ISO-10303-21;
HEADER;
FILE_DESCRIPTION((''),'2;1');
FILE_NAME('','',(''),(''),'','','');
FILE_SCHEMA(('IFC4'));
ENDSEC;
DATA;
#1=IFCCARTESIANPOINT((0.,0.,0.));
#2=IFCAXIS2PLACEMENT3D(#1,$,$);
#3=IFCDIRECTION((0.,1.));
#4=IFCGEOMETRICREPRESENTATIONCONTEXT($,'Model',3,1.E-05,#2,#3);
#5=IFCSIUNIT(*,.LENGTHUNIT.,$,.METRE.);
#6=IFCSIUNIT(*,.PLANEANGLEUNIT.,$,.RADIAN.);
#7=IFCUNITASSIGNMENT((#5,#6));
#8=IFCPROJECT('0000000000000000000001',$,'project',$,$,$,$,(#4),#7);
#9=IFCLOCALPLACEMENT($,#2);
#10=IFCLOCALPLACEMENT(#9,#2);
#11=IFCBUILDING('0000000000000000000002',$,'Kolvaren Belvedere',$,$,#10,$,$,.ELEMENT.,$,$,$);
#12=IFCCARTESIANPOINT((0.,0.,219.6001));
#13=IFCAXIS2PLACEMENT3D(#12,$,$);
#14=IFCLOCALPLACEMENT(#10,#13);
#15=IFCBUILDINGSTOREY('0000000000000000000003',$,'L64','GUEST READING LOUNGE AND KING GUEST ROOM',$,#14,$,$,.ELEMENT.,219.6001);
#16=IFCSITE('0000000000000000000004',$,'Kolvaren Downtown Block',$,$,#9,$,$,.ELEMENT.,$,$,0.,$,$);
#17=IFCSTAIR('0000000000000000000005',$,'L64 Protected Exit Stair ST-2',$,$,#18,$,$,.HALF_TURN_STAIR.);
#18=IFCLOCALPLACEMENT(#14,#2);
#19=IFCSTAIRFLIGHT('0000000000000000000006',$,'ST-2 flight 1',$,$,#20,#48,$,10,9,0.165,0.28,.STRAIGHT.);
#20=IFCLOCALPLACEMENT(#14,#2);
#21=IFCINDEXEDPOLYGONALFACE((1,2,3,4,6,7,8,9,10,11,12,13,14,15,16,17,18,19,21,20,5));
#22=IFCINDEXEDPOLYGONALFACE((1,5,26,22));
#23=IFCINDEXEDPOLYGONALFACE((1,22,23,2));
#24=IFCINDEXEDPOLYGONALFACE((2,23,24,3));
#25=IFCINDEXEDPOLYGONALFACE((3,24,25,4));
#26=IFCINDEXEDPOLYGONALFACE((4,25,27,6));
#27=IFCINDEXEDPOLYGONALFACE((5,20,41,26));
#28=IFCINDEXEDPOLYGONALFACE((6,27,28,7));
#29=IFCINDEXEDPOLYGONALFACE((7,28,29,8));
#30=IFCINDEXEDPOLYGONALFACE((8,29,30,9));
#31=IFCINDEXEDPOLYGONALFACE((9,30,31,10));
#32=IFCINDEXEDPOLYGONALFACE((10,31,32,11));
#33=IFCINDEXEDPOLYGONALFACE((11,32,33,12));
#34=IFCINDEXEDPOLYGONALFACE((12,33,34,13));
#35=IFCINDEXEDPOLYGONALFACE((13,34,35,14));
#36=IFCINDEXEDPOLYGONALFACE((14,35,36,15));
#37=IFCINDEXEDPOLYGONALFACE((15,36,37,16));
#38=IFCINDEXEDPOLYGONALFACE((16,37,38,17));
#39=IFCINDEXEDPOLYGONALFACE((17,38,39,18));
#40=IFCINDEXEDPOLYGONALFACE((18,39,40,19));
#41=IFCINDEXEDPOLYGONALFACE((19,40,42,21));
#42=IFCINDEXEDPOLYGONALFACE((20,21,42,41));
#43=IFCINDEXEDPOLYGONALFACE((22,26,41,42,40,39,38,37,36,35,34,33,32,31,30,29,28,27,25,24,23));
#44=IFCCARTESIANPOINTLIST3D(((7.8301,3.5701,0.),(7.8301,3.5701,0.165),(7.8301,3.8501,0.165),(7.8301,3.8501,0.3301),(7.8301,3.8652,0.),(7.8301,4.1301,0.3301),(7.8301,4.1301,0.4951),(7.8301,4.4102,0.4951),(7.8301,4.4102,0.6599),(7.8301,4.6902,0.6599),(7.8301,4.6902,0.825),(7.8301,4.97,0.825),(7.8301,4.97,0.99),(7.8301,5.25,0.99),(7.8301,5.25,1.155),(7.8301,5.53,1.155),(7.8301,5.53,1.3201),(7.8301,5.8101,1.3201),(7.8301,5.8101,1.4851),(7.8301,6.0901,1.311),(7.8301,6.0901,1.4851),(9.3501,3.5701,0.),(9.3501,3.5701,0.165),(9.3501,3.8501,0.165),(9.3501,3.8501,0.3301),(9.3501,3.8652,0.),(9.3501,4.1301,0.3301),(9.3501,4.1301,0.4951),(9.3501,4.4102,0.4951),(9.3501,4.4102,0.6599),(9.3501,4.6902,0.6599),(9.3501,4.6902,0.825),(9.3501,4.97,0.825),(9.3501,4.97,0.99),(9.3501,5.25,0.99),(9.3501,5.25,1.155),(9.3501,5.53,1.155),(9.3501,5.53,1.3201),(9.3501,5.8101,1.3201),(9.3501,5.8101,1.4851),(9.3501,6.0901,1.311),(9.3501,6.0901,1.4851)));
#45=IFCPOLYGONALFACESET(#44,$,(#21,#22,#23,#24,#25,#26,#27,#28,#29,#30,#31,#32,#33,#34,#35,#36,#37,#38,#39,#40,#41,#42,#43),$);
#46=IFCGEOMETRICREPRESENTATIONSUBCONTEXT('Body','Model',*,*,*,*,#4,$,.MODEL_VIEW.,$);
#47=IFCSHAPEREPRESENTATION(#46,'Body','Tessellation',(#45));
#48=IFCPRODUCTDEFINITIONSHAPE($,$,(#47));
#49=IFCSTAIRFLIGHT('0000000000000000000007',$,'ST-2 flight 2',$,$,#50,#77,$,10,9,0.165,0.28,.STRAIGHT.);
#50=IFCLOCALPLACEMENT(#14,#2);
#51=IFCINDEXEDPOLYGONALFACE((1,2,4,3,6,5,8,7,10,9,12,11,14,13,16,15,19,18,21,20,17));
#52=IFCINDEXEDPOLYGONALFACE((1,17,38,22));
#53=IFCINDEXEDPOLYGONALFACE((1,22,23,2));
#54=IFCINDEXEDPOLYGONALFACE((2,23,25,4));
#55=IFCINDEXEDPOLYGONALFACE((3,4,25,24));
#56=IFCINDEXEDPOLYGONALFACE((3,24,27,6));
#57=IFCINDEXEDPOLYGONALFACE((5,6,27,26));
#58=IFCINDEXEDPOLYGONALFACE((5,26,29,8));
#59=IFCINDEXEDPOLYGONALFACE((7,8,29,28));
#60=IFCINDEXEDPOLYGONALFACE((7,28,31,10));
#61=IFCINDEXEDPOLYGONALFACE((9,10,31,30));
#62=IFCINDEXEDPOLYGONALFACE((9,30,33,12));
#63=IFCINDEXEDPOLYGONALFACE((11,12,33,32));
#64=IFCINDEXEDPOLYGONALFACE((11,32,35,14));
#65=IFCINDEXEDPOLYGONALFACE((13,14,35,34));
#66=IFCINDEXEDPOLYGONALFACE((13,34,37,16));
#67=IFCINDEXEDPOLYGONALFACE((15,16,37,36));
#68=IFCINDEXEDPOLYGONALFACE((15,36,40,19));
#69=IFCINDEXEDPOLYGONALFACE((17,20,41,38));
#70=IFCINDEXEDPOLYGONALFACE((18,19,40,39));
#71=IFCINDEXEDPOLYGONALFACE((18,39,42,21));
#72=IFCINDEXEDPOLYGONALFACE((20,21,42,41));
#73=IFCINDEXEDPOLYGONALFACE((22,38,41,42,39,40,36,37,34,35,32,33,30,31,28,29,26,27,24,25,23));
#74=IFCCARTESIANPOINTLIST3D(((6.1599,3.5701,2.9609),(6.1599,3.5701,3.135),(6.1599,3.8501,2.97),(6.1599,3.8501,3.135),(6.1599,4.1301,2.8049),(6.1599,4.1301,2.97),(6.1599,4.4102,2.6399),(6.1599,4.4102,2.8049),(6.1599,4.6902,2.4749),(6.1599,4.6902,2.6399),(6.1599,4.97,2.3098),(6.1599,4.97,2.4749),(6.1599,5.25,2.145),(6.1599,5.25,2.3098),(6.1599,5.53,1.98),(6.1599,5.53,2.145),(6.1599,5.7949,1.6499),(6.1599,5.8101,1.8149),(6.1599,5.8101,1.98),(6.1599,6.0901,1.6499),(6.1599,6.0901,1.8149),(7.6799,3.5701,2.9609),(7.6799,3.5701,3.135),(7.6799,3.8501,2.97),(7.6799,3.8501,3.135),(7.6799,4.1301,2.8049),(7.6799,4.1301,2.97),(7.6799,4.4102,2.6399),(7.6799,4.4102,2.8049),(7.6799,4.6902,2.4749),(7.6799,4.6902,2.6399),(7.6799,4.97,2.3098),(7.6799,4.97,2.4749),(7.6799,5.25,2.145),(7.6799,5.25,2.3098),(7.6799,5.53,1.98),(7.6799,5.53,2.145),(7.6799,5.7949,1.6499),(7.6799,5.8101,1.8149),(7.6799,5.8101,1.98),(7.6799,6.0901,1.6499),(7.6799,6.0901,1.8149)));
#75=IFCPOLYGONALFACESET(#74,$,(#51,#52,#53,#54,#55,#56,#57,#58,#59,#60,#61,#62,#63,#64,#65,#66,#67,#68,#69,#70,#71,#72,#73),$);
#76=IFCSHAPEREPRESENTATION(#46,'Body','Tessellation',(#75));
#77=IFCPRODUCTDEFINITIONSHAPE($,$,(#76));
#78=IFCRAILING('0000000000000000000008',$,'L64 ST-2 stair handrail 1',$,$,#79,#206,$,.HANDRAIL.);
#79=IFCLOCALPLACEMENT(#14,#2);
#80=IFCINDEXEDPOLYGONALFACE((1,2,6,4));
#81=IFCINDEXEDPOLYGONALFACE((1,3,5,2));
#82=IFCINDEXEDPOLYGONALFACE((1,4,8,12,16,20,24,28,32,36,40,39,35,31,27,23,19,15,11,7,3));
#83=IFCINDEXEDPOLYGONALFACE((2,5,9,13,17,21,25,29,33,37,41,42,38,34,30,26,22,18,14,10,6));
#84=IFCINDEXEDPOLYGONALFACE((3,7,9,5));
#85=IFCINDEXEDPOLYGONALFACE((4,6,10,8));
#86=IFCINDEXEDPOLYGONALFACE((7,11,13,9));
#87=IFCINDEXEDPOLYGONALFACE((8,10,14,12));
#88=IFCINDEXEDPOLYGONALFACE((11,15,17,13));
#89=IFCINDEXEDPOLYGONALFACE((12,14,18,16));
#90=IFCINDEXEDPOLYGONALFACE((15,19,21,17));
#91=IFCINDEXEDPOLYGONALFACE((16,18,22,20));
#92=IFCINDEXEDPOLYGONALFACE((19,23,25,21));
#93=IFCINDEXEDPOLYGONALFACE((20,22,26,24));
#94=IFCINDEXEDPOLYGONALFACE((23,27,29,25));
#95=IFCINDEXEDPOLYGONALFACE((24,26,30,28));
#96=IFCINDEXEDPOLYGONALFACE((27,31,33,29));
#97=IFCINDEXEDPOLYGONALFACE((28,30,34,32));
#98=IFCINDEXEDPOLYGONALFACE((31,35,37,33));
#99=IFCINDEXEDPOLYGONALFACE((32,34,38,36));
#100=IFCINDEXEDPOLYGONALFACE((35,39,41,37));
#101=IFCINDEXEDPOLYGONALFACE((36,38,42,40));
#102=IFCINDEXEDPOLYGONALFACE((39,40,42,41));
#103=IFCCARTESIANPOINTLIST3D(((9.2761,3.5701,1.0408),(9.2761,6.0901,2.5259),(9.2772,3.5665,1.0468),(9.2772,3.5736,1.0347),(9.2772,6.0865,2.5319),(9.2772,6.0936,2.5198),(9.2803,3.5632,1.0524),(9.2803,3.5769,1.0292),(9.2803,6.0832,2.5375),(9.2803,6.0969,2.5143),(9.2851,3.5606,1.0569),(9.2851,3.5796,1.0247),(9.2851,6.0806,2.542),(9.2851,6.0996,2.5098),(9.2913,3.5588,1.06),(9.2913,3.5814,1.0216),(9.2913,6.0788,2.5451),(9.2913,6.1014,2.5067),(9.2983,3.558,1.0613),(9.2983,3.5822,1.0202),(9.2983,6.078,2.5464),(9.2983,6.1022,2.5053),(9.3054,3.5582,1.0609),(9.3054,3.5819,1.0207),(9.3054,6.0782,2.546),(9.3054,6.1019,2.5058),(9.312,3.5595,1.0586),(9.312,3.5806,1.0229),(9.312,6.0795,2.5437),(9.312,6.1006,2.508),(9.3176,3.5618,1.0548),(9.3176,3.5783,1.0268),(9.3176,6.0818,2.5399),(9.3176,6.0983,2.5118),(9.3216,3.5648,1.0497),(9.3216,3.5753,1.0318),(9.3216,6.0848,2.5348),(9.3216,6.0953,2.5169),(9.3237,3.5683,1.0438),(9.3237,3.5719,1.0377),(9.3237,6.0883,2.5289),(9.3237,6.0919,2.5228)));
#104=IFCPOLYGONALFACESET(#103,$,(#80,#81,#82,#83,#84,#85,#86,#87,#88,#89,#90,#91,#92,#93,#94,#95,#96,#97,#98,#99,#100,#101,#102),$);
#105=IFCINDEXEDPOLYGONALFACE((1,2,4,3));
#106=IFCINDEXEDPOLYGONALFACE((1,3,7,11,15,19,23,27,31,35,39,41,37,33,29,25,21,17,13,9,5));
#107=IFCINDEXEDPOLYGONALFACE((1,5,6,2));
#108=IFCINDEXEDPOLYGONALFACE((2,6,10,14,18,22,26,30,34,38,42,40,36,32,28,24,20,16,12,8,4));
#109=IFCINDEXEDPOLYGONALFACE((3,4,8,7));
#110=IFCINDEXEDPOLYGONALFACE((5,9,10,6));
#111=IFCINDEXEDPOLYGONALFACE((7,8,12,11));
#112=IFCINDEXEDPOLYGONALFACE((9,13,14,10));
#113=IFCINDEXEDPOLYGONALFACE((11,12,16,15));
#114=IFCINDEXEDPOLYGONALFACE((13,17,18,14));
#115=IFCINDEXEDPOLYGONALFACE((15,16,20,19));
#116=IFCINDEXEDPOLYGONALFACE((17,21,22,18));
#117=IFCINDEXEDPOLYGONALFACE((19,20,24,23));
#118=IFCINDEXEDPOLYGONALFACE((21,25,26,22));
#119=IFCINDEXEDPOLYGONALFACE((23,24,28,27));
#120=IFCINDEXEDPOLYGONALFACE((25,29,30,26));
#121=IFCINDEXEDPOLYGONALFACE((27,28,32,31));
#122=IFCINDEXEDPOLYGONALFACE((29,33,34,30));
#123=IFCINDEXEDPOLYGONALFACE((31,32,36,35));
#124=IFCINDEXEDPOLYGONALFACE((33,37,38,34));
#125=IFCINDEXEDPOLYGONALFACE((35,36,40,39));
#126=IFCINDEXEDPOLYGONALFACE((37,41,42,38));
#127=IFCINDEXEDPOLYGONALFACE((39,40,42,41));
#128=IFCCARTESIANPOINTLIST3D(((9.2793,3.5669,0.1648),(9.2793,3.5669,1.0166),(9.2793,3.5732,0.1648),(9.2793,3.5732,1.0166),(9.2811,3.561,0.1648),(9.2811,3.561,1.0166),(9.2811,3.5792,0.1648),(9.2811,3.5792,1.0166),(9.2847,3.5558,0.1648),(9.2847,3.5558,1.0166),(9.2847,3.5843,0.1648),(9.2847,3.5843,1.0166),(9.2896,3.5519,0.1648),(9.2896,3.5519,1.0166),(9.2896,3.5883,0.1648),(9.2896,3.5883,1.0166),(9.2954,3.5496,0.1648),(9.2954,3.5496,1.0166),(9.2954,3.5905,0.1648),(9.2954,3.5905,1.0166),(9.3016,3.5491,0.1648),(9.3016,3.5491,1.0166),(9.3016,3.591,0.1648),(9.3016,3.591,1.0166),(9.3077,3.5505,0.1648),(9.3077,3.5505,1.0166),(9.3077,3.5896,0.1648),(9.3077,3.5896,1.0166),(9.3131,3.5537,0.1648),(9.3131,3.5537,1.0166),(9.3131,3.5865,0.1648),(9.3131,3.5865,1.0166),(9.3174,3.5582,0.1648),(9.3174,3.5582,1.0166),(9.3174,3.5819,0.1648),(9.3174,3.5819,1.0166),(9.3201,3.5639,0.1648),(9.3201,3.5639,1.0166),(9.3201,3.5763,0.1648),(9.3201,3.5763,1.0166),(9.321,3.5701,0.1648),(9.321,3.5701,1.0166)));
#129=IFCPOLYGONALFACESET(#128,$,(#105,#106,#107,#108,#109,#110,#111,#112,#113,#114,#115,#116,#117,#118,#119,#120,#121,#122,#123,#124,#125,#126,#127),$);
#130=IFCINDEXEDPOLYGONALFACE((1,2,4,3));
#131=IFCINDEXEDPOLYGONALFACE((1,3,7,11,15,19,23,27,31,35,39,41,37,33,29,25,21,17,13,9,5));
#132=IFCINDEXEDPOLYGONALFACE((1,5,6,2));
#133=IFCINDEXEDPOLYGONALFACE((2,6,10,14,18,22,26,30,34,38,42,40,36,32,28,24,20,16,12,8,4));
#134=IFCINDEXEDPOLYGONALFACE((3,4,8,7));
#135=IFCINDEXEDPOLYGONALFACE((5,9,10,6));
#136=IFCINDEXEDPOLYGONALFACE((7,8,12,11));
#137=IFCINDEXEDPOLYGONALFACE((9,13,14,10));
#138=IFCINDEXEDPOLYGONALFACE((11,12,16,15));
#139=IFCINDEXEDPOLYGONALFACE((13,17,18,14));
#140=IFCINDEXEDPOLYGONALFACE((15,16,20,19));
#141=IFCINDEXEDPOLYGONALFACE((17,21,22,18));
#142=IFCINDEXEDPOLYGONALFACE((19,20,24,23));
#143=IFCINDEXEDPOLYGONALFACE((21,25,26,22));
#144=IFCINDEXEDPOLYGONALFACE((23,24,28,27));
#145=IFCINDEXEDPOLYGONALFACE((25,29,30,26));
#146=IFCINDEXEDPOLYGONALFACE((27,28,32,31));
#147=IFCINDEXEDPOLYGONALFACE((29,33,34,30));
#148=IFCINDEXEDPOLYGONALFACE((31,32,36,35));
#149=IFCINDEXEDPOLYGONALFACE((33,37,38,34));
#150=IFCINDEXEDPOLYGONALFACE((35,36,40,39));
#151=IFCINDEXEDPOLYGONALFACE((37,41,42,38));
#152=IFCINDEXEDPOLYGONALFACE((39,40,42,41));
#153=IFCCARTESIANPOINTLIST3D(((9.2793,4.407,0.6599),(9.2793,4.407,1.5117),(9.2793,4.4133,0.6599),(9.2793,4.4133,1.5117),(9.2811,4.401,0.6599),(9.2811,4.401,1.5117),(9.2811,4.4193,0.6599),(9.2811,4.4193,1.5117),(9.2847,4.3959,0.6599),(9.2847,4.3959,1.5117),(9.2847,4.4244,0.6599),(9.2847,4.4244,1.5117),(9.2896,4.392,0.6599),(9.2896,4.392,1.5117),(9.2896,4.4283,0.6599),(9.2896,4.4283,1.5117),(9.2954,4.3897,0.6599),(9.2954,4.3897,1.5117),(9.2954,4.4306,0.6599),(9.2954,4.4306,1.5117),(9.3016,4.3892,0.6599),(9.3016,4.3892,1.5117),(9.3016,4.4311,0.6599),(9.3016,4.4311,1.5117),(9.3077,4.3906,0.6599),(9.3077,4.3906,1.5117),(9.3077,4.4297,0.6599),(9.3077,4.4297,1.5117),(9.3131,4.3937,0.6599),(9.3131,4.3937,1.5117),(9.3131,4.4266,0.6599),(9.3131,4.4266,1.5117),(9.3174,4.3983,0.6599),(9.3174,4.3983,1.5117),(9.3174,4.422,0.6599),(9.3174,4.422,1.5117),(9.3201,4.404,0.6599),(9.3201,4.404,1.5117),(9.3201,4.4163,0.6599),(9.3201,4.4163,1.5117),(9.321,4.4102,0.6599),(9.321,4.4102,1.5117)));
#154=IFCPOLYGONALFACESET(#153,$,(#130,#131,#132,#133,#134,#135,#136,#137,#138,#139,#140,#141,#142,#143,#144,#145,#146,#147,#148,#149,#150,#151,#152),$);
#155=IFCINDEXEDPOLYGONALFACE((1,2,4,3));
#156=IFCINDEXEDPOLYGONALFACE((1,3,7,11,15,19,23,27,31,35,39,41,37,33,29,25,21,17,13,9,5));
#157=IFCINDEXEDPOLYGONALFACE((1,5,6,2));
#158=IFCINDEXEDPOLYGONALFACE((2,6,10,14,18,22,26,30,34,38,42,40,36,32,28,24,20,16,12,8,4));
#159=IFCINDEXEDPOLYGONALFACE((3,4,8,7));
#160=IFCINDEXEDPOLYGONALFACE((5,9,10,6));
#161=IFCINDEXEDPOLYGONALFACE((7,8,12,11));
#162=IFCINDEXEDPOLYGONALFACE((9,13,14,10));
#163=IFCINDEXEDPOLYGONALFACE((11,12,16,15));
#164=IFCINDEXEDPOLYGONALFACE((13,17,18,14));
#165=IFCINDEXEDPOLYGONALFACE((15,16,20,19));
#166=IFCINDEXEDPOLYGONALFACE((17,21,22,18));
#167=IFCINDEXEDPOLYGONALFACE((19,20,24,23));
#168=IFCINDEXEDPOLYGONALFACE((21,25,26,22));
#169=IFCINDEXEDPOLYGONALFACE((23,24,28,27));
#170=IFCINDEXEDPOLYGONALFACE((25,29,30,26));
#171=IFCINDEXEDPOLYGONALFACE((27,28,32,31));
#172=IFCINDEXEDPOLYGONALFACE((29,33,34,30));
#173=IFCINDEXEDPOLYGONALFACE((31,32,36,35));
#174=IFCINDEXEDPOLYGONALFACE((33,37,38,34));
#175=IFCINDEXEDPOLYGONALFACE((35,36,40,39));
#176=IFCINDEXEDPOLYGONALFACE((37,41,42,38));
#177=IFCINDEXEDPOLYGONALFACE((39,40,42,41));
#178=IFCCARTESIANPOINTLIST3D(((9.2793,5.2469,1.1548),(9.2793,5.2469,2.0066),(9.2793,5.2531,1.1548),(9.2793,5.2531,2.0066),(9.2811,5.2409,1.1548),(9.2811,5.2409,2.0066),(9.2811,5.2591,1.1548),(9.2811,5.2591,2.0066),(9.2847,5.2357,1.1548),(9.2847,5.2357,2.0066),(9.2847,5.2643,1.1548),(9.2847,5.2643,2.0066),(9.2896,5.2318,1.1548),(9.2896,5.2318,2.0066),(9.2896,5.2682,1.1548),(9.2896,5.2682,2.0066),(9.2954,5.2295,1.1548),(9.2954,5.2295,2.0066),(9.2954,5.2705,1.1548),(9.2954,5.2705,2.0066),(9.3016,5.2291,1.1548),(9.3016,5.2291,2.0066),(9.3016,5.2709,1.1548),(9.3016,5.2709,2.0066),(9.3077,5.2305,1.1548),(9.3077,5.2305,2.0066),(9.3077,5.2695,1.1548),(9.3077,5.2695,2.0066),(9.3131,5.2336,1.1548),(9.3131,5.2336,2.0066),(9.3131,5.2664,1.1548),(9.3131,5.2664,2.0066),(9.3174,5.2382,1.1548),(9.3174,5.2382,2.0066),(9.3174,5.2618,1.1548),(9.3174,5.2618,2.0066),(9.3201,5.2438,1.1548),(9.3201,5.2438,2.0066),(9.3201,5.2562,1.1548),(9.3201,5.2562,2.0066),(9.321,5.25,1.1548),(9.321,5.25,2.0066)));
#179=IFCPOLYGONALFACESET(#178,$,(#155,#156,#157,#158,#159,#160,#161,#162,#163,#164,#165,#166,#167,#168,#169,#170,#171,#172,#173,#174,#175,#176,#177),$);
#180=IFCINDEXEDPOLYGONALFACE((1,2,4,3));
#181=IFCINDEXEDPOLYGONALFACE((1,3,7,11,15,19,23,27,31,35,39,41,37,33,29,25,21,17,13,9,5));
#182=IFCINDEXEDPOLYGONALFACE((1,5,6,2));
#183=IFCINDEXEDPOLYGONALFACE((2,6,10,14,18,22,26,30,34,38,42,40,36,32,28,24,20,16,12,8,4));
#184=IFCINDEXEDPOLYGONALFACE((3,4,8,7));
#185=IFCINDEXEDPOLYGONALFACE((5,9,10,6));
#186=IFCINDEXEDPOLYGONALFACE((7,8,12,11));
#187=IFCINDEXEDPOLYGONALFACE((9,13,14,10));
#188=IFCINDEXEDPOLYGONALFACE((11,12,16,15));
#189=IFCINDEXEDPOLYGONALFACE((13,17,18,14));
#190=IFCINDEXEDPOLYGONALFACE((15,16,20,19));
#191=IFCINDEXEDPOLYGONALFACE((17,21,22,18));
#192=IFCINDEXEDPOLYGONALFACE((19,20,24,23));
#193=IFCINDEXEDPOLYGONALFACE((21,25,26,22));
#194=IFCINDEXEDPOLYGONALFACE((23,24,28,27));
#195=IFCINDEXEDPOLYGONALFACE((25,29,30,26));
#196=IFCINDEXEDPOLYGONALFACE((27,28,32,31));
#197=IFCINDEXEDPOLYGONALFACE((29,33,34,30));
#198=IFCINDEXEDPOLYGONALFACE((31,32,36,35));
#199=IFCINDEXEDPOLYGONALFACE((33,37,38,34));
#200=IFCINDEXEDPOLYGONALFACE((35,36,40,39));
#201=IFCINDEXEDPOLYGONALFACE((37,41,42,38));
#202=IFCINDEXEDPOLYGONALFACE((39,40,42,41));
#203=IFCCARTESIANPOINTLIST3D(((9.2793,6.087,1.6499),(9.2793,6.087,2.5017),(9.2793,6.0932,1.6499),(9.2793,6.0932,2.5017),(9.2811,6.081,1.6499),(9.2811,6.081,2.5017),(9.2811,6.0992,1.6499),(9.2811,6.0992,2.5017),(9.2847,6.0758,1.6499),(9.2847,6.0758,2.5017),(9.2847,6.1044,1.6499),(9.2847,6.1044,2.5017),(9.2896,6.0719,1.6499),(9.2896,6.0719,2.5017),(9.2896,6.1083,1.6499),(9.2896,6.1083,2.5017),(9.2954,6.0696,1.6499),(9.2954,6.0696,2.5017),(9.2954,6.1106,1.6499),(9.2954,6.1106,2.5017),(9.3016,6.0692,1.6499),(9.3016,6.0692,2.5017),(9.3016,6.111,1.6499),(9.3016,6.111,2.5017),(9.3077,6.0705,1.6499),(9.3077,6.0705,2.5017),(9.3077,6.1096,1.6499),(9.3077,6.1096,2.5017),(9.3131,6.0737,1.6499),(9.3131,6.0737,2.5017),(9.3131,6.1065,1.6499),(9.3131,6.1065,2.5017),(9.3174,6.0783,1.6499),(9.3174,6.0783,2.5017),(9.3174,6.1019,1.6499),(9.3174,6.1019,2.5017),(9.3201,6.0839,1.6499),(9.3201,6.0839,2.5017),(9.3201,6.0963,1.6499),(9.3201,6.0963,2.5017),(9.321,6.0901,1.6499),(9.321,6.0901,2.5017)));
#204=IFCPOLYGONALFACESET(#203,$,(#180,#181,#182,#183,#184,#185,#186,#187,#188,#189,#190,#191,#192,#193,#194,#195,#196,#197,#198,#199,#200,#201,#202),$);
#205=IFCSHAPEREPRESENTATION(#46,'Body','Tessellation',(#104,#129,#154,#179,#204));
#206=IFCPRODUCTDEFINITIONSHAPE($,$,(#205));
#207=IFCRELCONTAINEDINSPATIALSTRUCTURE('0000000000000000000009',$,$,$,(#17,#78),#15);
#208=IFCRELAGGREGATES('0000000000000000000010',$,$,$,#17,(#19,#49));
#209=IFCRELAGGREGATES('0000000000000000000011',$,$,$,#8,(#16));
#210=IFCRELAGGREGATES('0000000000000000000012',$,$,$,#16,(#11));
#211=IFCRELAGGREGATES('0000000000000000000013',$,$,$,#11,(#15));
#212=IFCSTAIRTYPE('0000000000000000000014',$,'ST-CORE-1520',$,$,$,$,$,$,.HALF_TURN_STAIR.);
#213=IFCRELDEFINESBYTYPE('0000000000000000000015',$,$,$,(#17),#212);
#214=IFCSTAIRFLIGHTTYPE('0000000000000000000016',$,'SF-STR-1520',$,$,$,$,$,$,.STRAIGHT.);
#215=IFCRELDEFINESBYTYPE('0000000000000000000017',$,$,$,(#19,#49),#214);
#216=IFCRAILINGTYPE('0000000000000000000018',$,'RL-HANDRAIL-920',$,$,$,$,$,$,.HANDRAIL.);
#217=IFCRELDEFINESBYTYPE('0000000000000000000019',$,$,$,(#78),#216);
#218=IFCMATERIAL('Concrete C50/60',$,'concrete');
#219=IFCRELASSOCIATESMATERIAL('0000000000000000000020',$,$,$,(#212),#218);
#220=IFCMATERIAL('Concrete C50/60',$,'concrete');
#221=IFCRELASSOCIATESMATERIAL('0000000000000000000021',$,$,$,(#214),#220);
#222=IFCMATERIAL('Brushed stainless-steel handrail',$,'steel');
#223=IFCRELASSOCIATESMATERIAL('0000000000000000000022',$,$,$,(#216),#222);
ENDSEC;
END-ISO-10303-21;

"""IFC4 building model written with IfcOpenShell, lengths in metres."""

from ifc_helpers import new_model, si_unit, direction, frame, origin, origin_2d, place, context, subcontext, project, spatial, polyline, circle, outline, extrude, material, type_object, element, aggregate, save


model = new_model("IFC4")

# Units and contexts
model_context = context("Model", 3, precision=1e-05, world=origin(), true_north=direction((0.0, 1.0)))
body_context = subcontext(model_context, "Body", "Model", "MODEL_VIEW")
ifc_project = project(units=[si_unit("LENGTHUNIT", "METRE"), si_unit("PLANEANGLEUNIT", "RADIAN")], contexts=[model_context])

# Site, building, storey
site_placement = place(None, origin())
site = spatial("IfcSite", under=ifc_project, at=site_placement, Name="Kolvaren Downtown Block", CompositionType="ELEMENT", RefElevation=0.0)
building_placement = place(site_placement, origin())
building = spatial("IfcBuilding", under=site, at=building_placement, Name="Kolvaren Belvedere", CompositionType="ELEMENT")
storey_placement = place(building_placement, frame((0.0, 0.0, 219.6001)))
storey = spatial("IfcBuildingStorey", under=building, at=storey_placement, Name="L64", Description="GUEST READING LOUNGE AND KING GUEST ROOM", CompositionType="ELEMENT", Elevation=219.6001)

# Stair, stair flights
ifc_material_1 = material(Name="Concrete C50/60", Category="concrete")
stair_type = type_object("IfcStairType", Name="ST-CORE-1520", PredefinedType="HALF_TURN_STAIR", material=ifc_material_1)
stair_placement = place(storey_placement, origin())
stair = element("IfcStair", 1, at=stair_placement, inside=storey, type_object=stair_type, Name="L64 Protected Exit Stair ST-2", PredefinedType="HALF_TURN_STAIR")
ifc_material_2 = material(Name="Concrete C50/60", Category="concrete")
stair_flight_type = type_object("IfcStairFlightType", Name="SF-STR-1520", PredefinedType="STRAIGHT", material=ifc_material_2)
stair_flight_1_placement = place(storey_placement, frame((8.5901, 3.5701, 0.0), z_axis=(0.0, 0.0, 1.0), x_axis=(0.0, 1.0, 0.0)))
stair_flight_1 = element("IfcStairFlight", 2, at=stair_flight_1_placement, type_object=stair_flight_type, Name="ST-2 flight 1", NumberOfRisers=10, NumberOfTreads=9, PredefinedType="STRAIGHT", RiserHeight=0.165, TreadLength=0.28, context=body_context, shape_type="SweptSolid", body=[
    extrude(outline(polyline([(0.0, 0.0), (0.0, 0.165), (0.28, 0.165), (0.28, 0.3301), (0.5601, 0.3301), (0.5601, 0.4951), (0.8401, 0.4951), (0.8401, 0.6599), (1.1201, 0.6599), (1.1201, 0.825), (1.3999, 0.825), (1.3999, 0.99), (1.6799, 0.99), (1.6799, 1.155), (1.96, 1.155), (1.96, 1.3201), (2.24, 1.3201), (2.24, 1.4851), (2.52, 1.4851), (2.52, 1.6499), (2.52, 1.311), (0.2952, 0.0), (0.0, 0.0)])), frame((0.0, 0.76, 0.0), z_axis=(0.0, -1.0, 0.0), x_axis=(1.0, 0.0, 0.0)), (0.0, 0.0, 1.0), 1.52),
])
stair_flight_2_placement = place(storey_placement, frame((6.9199, 6.0901, 1.6499), z_axis=(0.0, 0.0, 1.0), x_axis=(0.0, -1.0, 0.0)))
stair_flight_2 = element("IfcStairFlight", 3, at=stair_flight_2_placement, type_object=stair_flight_type, Name="ST-2 flight 2", NumberOfRisers=10, NumberOfTreads=9, PredefinedType="STRAIGHT", RiserHeight=0.165, TreadLength=0.28, context=body_context, shape_type="SweptSolid", body=[
    extrude(outline(polyline([(0.0, 0.0), (0.0, 0.165), (0.28, 0.165), (0.28, 0.3301), (0.5601, 0.3301), (0.5601, 0.4951), (0.8401, 0.4951), (0.8401, 0.6599), (1.1201, 0.6599), (1.1201, 0.825), (1.3999, 0.825), (1.3999, 0.99), (1.6799, 0.99), (1.6799, 1.155), (1.96, 1.155), (1.96, 1.3201), (2.24, 1.3201), (2.24, 1.4851), (2.52, 1.4851), (2.52, 1.6499), (2.52, 1.311), (0.2952, 0.0), (0.0, 0.0)])), frame((0.0, 0.76, 0.0), z_axis=(0.0, -1.0, 0.0), x_axis=(1.0, 0.0, 0.0)), (0.0, 0.0, 1.0), 1.52),
])
aggregate(stair, [stair_flight_1, stair_flight_2])

# Railing
ifc_material_3 = material(Name="Brushed stainless-steel handrail", Category="steel")
railing_type_1 = type_object("IfcRailingType", Name="RL-HANDRAIL-920", PredefinedType="HANDRAIL", material=ifc_material_3)
railing_1_placement = place(storey_placement, frame((9.3, 3.5701, 0.1648)))
element("IfcRailing", 4, at=railing_1_placement, inside=storey, type_object=railing_type_1, Name="L64 ST-2 stair handrail 1", PredefinedType="HANDRAIL", context=body_context, shape_type="SweptSolid", body=[
    extrude(circle(Radius=0.0239, at=origin_2d()), frame((0.0, 0.0, 0.876), z_axis=(0.0, 0.861524, 0.507717), x_axis=(-1.0, 0.0, 0.0)), (0.0, 0.0, 1.0), 2.925),
    extrude(circle(Radius=0.021, at=origin_2d()), origin(), (0.0, 0.0, 1.0), 0.8518),
    extrude(circle(Radius=0.021, at=origin_2d()), frame((0.0, 0.8401, 0.4951)), (0.0, 0.0, 1.0), 0.8518),
    extrude(circle(Radius=0.021, at=origin_2d()), frame((0.0, 1.6799, 0.99)), (0.0, 0.0, 1.0), 0.8518),
    extrude(circle(Radius=0.021, at=origin_2d()), frame((0.0, 2.52, 1.4851)), (0.0, 0.0, 1.0), 0.8518),
])

save(model, "model.ifc")
